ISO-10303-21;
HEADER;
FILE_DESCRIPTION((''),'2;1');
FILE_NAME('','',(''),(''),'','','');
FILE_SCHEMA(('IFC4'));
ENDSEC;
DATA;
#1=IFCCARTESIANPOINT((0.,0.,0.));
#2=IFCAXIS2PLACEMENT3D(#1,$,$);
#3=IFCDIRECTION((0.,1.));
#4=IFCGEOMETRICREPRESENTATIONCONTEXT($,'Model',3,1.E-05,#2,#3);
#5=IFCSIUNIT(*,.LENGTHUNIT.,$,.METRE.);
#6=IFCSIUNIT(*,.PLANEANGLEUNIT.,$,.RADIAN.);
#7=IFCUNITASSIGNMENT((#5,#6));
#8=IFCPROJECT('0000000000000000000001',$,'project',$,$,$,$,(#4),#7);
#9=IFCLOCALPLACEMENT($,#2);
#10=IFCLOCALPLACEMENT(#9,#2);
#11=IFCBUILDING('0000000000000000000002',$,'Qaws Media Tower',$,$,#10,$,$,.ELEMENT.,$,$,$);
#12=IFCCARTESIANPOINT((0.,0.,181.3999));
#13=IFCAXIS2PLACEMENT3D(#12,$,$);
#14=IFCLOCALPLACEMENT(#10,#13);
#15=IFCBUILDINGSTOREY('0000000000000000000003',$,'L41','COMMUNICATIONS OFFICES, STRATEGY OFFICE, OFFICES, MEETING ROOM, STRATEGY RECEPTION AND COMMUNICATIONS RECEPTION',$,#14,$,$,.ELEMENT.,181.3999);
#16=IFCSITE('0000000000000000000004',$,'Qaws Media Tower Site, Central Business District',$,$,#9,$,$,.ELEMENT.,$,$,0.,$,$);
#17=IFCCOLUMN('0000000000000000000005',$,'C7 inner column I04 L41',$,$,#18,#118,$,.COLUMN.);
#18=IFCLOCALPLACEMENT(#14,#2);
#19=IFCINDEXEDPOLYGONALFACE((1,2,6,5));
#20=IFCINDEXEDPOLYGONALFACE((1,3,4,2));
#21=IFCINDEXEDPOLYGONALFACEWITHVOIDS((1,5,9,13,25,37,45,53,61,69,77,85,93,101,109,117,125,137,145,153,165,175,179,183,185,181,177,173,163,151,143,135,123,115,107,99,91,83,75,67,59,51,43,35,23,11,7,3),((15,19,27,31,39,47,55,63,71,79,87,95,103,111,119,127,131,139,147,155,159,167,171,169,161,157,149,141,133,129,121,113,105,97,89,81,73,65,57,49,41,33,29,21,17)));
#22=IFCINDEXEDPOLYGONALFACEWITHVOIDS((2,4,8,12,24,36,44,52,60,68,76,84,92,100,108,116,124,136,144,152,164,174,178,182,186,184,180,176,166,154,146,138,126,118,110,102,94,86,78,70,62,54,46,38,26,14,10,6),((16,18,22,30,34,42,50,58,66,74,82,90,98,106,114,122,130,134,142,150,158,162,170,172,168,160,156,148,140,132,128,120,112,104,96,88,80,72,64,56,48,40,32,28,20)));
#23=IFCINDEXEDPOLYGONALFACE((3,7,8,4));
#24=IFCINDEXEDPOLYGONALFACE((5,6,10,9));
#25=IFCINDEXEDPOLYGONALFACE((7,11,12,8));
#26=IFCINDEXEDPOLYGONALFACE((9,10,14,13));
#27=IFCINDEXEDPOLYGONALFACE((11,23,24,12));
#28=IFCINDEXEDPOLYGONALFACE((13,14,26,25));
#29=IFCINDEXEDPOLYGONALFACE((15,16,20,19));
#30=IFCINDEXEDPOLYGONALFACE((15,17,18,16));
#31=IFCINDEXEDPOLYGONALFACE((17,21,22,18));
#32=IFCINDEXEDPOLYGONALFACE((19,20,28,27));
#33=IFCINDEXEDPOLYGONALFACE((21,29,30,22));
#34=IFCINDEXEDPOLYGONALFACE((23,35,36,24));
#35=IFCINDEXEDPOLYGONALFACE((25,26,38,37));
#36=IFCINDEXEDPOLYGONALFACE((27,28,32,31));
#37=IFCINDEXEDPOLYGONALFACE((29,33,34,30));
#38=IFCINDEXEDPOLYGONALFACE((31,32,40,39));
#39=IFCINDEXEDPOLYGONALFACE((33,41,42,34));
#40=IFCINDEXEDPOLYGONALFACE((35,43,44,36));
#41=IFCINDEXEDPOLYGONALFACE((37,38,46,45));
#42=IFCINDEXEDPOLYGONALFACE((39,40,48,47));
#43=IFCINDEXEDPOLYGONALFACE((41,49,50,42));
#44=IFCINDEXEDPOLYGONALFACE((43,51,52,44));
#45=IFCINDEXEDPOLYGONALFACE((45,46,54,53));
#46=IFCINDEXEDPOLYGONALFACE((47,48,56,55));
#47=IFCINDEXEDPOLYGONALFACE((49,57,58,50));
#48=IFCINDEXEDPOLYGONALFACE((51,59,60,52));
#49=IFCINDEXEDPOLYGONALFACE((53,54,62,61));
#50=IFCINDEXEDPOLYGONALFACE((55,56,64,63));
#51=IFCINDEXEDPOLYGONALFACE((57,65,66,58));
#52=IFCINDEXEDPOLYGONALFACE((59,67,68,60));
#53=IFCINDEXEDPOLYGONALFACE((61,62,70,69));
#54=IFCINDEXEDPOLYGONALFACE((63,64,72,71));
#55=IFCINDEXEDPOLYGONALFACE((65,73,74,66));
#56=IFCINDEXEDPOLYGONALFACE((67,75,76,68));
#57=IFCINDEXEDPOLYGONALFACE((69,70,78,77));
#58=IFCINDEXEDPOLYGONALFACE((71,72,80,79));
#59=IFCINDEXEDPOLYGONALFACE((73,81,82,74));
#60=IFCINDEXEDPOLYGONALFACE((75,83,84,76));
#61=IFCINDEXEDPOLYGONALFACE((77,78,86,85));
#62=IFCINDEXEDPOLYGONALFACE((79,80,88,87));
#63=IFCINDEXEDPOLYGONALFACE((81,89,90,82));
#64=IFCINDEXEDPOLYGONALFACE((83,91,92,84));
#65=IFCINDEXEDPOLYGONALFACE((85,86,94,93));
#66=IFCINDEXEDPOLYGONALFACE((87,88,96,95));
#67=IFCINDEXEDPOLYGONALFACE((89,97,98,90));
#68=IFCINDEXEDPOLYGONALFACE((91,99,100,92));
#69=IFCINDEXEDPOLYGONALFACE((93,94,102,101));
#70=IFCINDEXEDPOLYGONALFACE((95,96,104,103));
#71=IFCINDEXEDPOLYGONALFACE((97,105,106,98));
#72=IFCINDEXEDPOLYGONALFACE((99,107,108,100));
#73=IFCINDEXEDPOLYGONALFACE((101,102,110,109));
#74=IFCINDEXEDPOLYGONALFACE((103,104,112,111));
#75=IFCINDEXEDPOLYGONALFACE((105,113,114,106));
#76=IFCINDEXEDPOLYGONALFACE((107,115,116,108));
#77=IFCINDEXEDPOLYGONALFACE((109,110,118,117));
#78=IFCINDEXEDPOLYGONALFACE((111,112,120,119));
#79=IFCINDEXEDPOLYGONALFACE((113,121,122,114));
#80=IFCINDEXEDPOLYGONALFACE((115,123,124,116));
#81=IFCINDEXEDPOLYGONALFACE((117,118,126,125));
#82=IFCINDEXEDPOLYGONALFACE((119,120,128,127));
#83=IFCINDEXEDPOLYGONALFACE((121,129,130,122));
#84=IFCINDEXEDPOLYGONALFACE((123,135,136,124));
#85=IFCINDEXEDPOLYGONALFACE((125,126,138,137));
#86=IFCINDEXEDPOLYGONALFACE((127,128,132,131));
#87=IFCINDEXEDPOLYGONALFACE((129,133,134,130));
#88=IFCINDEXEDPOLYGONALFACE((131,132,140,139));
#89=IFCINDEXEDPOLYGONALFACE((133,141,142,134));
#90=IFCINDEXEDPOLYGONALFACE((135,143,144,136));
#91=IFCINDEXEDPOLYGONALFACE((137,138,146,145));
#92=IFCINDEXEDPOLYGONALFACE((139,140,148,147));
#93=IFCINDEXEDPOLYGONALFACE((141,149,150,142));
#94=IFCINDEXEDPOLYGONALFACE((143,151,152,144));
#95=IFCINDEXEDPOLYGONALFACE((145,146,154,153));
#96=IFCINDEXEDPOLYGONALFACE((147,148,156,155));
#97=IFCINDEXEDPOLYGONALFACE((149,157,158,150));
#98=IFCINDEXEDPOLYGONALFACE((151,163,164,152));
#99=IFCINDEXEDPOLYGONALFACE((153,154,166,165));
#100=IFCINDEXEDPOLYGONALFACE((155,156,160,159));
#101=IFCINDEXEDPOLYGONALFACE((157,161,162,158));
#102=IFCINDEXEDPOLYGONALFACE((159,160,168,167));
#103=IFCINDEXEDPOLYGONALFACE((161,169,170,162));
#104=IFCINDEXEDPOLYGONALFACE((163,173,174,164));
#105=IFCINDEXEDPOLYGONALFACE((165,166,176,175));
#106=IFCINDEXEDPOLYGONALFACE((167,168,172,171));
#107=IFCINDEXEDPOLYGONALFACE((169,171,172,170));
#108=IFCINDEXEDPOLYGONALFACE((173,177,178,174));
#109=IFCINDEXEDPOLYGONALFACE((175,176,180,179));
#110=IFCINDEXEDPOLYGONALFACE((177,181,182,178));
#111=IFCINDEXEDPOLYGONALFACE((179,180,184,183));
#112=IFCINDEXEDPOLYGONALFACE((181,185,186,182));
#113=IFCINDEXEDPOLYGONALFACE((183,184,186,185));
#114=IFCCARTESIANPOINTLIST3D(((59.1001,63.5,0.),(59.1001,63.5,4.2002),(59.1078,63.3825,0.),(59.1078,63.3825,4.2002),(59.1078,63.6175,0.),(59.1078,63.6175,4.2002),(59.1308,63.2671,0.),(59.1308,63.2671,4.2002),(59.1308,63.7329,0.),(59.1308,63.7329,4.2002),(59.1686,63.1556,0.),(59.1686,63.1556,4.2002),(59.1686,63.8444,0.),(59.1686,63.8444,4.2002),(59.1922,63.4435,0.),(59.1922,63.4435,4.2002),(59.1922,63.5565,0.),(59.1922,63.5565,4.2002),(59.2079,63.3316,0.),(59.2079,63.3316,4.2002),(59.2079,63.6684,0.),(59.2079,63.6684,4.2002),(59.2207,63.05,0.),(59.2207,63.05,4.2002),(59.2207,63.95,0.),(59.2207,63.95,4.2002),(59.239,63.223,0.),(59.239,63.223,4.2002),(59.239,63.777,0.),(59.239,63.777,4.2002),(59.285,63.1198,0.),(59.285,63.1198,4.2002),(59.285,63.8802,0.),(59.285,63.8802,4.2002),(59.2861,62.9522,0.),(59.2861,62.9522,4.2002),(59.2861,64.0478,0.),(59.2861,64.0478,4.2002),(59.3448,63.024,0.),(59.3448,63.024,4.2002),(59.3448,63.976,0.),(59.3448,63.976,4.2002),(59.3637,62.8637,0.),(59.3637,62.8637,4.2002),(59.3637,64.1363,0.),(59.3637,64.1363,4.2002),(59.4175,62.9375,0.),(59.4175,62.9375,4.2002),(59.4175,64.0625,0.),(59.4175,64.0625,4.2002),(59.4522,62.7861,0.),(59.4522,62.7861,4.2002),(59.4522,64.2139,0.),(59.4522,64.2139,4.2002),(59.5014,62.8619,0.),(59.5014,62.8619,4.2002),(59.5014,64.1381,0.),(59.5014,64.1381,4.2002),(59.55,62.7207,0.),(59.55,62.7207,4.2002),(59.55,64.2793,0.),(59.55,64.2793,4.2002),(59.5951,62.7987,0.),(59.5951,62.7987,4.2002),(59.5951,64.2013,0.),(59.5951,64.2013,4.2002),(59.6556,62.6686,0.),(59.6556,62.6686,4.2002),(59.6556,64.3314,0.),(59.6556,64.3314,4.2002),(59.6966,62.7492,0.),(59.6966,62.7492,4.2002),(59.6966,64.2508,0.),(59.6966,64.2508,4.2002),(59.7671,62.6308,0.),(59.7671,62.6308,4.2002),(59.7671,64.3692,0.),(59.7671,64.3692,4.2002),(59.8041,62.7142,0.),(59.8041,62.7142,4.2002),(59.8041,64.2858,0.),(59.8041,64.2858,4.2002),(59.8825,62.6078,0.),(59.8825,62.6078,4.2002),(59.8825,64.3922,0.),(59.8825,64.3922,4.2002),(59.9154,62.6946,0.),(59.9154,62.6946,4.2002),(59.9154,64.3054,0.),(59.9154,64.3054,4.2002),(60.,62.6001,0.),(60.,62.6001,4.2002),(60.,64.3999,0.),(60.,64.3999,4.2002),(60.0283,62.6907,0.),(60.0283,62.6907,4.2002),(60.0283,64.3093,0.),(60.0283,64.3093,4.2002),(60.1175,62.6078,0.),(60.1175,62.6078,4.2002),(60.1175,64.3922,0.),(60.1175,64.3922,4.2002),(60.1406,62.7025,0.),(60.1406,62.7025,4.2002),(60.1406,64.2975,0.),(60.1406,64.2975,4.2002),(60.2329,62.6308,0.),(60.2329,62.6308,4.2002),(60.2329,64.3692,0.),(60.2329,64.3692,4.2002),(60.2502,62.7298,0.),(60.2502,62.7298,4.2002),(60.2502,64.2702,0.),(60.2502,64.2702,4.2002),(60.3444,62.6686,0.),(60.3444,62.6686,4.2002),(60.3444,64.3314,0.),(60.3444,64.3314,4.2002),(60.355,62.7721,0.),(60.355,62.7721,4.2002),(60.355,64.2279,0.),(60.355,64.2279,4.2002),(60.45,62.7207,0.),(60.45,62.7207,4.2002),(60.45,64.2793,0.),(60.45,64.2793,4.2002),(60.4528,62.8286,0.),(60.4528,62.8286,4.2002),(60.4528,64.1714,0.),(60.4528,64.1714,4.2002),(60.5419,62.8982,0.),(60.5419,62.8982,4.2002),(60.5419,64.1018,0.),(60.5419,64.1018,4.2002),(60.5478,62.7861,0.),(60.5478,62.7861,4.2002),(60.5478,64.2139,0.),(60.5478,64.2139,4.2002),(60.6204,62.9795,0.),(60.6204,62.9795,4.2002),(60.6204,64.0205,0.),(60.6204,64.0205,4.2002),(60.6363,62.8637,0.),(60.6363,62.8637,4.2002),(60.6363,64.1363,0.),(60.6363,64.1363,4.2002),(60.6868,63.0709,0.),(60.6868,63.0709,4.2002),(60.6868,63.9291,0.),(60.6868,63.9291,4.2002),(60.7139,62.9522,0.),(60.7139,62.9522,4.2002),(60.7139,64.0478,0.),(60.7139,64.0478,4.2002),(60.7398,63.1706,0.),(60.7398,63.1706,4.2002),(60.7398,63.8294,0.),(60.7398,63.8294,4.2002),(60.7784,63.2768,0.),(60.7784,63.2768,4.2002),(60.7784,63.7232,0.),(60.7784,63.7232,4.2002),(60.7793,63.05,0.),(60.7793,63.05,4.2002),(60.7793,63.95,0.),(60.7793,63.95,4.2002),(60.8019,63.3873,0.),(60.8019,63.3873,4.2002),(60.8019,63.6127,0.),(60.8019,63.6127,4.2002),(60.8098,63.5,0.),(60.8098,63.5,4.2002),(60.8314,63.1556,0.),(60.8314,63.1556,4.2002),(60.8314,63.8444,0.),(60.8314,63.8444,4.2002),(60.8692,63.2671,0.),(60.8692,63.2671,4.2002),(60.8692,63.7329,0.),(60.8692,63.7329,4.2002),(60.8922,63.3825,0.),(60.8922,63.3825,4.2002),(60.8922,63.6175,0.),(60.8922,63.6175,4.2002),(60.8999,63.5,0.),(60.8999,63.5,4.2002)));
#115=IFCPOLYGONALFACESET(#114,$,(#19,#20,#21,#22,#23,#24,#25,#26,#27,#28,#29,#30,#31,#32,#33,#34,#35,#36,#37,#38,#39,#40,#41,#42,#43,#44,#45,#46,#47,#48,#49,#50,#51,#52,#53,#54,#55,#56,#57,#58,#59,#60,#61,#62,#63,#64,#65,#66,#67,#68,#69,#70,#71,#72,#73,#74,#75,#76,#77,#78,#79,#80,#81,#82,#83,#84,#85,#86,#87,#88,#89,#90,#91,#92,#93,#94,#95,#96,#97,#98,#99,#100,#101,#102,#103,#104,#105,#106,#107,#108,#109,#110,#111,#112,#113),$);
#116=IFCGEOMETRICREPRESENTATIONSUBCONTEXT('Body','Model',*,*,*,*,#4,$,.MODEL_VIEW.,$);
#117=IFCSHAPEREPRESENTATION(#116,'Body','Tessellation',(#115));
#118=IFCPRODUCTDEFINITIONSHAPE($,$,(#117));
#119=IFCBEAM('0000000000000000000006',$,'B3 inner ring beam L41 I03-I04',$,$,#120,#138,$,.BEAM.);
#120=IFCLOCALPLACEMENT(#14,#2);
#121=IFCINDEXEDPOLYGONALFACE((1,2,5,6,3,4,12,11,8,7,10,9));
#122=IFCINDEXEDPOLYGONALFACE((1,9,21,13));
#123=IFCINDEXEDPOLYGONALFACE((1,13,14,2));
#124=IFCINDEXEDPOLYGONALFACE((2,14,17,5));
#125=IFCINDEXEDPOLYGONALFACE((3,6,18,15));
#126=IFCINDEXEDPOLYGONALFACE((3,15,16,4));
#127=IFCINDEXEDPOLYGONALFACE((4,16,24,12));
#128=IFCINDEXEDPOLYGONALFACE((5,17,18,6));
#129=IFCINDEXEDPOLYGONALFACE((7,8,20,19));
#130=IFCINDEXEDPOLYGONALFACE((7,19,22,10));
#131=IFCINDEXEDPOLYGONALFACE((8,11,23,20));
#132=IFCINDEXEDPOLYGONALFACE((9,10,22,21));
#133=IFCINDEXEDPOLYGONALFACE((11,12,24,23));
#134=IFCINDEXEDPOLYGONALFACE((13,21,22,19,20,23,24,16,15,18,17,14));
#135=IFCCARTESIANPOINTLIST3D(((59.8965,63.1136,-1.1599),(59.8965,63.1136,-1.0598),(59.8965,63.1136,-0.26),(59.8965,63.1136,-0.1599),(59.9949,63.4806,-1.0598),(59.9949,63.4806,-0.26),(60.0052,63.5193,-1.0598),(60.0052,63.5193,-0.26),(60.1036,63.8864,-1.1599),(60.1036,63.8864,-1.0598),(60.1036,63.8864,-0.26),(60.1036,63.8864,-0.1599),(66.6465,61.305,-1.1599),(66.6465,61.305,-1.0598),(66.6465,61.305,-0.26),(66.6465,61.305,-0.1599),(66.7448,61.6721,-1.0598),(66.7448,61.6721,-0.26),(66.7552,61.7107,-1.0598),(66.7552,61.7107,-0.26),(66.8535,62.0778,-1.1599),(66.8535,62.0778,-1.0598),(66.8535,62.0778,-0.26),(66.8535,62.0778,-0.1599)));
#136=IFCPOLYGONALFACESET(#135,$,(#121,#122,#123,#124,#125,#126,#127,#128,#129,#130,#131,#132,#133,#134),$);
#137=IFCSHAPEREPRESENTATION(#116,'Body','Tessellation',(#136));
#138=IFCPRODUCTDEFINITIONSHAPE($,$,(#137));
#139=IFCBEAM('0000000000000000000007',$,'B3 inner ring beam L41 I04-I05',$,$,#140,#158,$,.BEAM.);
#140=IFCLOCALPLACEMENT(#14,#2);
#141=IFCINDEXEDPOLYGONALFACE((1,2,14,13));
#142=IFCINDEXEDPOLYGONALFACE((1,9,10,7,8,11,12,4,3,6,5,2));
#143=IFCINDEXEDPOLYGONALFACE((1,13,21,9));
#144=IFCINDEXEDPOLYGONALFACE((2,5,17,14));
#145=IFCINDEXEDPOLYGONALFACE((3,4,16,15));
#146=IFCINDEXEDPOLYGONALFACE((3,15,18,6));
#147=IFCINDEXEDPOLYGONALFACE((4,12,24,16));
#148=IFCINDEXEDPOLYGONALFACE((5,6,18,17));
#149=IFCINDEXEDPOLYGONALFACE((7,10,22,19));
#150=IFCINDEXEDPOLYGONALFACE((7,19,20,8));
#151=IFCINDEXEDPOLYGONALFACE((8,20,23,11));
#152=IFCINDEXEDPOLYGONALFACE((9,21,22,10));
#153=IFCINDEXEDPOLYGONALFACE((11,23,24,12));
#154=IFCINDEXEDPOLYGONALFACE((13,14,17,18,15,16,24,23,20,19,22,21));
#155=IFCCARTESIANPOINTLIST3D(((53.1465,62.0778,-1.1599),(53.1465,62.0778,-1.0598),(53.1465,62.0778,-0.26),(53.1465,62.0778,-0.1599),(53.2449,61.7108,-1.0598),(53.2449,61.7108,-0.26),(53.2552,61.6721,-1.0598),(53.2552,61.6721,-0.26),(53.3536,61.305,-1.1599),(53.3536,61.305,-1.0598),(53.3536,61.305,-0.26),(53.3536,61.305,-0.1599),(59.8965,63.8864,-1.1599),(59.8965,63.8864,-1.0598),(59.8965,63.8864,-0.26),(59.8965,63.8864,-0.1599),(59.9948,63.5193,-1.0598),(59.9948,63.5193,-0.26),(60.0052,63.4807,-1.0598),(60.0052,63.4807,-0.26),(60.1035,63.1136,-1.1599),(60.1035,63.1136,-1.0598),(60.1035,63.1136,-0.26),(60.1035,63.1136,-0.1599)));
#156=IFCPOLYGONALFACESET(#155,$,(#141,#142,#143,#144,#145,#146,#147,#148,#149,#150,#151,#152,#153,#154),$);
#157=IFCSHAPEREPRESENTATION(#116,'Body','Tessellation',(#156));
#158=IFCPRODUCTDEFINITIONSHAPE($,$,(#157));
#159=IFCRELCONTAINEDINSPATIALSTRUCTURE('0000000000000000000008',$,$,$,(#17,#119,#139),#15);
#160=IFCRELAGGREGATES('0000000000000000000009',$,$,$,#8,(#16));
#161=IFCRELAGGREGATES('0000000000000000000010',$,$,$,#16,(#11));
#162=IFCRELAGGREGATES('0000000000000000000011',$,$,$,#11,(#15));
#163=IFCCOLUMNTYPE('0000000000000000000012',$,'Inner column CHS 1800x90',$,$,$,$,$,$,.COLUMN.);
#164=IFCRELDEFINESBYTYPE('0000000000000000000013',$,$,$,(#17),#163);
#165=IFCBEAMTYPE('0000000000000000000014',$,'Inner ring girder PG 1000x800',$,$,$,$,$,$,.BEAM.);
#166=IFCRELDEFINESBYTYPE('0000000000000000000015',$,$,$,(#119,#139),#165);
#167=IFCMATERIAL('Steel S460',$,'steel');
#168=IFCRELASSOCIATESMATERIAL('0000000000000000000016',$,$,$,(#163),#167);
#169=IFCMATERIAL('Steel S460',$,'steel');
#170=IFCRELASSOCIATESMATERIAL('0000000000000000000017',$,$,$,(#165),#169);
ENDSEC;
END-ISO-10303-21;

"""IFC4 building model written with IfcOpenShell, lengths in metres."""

from ifc_helpers import new_model, si_unit, direction, frame, origin, origin_2d, place, context, subcontext, project, spatial, hollow_circle, i_section, extrude, material, material_profile, profile_set, type_object, element, save


model = new_model("IFC4")

# Units and contexts
model_context = context("Model", 3, precision=1e-05, world=origin(), true_north=direction((0.0, 1.0)))
body_context = subcontext(model_context, "Body", "Model", "MODEL_VIEW")
ifc_project = project(units=[si_unit("LENGTHUNIT", "METRE"), si_unit("PLANEANGLEUNIT", "RADIAN")], contexts=[model_context])

# Site, building, storey
site_placement = place(None, origin())
site = spatial("IfcSite", under=ifc_project, at=site_placement, Name="Qaws Media Tower Site, Central Business District", CompositionType="ELEMENT", RefElevation=0.0)
building_placement = place(site_placement, origin())
building = spatial("IfcBuilding", under=site, at=building_placement, Name="Qaws Media Tower", CompositionType="ELEMENT")
storey_placement = place(building_placement, frame((0.0, 0.0, 181.3999)))
storey = spatial("IfcBuildingStorey", under=building, at=storey_placement, Name="L41", Description="COMMUNICATIONS OFFICES, STRATEGY OFFICE, OFFICES, MEETING ROOM, STRATEGY RECEPTION AND COMMUNICATIONS RECEPTION", CompositionType="ELEMENT", Elevation=181.3999)

# Column
ifc_material_1 = material(Name="Steel S460", Category="steel")
ifc_material_profile_1 = material_profile(ifc_material_1, hollow_circle(Radius=0.8999, WallThickness=0.0901, at=origin_2d()), Name="CHS 1800x90")
ifc_profile_set_1 = profile_set([ifc_material_profile_1], Name="Steel S460")
column_type = type_object("IfcColumnType", Name="Inner column CHS 1800x90", PredefinedType="COLUMN", material=ifc_profile_set_1)
for number, where, z_axis, x_axis, name in (
    (1, (60.0, 63.5, 0.0), (0.0, 0.0, 1.0), (1.0, 0.0, 0.0), "C7 inner column I04 L41"),
):
    element("IfcColumn", number, at=place(storey_placement, frame(where, z_axis=z_axis, x_axis=x_axis)), inside=storey, type_object=column_type, Name=name, PredefinedType="COLUMN", context=body_context, shape_type="SweptSolid", body=[
        extrude(hollow_circle(Radius=0.8999, WallThickness=0.0901, at=origin_2d()), origin(), (0.0, 0.0, 1.0), 4.2002),
    ])

# Beams
ifc_material_2 = material(Name="Steel S460", Category="steel")
ifc_material_profile_2 = material_profile(ifc_material_2, i_section(OverallWidth=0.8, OverallDepth=1.0, WebThickness=0.04, FlangeThickness=0.1001, at=origin_2d()), Name="PG 1000x800")
ifc_profile_set_2 = profile_set([ifc_material_profile_2], Name="Steel S460")
beam_type_1 = type_object("IfcBeamType", Name="Inner ring girder PG 1000x800", PredefinedType="BEAM", material=ifc_profile_set_2)
for number, where, z_axis, x_axis, name in (
    (2, (66.75, 61.6914, -0.6599), (-0.965928, 0.258811, 0.0), (-0.258811, -0.965928, 0.0), "B3 inner ring beam L41 I03-I04"),
    (3, (60.0, 63.5, -0.6599), (-0.965928, -0.258811, 0.0), (0.258811, -0.965928, 0.0), "B3 inner ring beam L41 I04-I05"),
):
    element("IfcBeam", number, at=place(storey_placement, frame(where, z_axis=z_axis, x_axis=x_axis)), inside=storey, type_object=beam_type_1, Name=name, PredefinedType="BEAM", context=body_context, shape_type="SweptSolid", body=[
        extrude(i_section(OverallWidth=0.8, OverallDepth=1.0, WebThickness=0.04, FlangeThickness=0.1001, at=origin_2d()), origin(), (0.0, 0.0, 1.0), 6.988),
    ])

save(model, "model.ifc")
